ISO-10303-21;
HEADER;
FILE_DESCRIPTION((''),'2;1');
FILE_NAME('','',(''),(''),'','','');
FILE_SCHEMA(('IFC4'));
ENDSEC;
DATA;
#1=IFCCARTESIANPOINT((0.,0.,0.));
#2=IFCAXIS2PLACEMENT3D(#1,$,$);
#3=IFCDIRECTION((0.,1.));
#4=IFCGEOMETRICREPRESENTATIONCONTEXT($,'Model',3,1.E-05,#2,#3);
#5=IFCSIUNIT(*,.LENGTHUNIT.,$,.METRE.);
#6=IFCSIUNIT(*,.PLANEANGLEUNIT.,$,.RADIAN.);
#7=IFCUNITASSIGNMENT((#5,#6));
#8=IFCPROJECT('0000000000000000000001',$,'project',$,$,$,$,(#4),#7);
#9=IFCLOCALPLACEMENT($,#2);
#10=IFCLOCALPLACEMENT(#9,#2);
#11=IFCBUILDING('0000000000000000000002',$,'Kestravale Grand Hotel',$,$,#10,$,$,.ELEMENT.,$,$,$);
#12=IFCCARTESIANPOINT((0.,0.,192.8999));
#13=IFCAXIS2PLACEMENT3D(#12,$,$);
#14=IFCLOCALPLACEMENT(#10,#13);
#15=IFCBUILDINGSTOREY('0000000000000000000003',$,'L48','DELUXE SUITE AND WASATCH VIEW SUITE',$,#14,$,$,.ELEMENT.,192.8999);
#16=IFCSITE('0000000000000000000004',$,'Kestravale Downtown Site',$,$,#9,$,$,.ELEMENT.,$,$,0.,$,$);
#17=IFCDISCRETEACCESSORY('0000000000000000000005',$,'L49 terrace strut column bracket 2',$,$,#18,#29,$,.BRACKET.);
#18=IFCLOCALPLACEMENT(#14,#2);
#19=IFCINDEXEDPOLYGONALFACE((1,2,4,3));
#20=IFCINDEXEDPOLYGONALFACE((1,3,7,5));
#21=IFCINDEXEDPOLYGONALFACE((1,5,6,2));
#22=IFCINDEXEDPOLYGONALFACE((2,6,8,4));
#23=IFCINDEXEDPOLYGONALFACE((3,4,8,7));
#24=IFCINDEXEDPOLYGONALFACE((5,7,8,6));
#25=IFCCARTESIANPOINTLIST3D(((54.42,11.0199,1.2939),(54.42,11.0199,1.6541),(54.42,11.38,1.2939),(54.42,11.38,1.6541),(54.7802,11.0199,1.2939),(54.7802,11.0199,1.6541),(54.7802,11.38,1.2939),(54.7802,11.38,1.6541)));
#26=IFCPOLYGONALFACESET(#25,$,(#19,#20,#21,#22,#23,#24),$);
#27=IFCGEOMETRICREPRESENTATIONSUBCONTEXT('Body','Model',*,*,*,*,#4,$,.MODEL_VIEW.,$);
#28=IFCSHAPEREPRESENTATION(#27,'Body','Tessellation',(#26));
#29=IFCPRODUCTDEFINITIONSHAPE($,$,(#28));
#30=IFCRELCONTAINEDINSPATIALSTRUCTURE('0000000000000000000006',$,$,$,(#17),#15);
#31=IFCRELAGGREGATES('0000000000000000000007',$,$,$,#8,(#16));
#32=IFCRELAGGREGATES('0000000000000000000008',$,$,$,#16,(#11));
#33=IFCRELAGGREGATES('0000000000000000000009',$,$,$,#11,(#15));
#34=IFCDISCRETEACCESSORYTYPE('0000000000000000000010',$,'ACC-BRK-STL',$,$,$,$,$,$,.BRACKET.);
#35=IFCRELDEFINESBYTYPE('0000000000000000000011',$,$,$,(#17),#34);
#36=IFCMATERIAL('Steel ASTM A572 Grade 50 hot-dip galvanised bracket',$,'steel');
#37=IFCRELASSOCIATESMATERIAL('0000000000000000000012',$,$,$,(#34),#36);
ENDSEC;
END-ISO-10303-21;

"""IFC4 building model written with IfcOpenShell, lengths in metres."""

from ifc_helpers import new_model, si_unit, direction, frame, origin, origin_2d, place, context, subcontext, project, spatial, rectangle, extrude, material, type_object, element, save


model = new_model("IFC4")

# Units and contexts
model_context = context("Model", 3, precision=1e-05, world=origin(), true_north=direction((0.0, 1.0)))
body_context = subcontext(model_context, "Body", "Model", "MODEL_VIEW")
ifc_project = project(units=[si_unit("LENGTHUNIT", "METRE"), si_unit("PLANEANGLEUNIT", "RADIAN")], contexts=[model_context])

# Site, building, storey
site_placement = place(None, origin())
site = spatial("IfcSite", under=ifc_project, at=site_placement, Name="Kestravale Downtown Site", CompositionType="ELEMENT", RefElevation=0.0)
building_placement = place(site_placement, origin())
building = spatial("IfcBuilding", under=site, at=building_placement, Name="Kestravale Grand Hotel", CompositionType="ELEMENT")
storey_placement = place(building_placement, frame((0.0, 0.0, 192.8999)))
storey = spatial("IfcBuildingStorey", under=building, at=storey_placement, Name="L48", Description="DELUXE SUITE AND WASATCH VIEW SUITE", CompositionType="ELEMENT", Elevation=192.8999)

# Discrete accessory
ifc_material_1 = material(Name="Steel ASTM A572 Grade 50 hot-dip galvanised bracket", Category="steel")
discrete_accessory_type = type_object("IfcDiscreteAccessoryType", Name="ACC-BRK-STL", PredefinedType="BRACKET", material=ifc_material_1)
discrete_accessory_placement = place(storey_placement, frame((54.6001, 11.2, 1.2939), z_axis=(0.0, 0.0, 1.0), x_axis=(1.0, 0.0, 0.0)))
element("IfcDiscreteAccessory", 1, at=discrete_accessory_placement, inside=storey, type_object=discrete_accessory_type, Name="L49 terrace strut column bracket 2", PredefinedType="BRACKET", context=body_context, shape_type="SweptSolid", body=[
    extrude(rectangle(XDim=0.3601, YDim=0.3601, at=origin_2d()), origin(), (0.0, 0.0, 1.0), 0.3601),
])

save(model, "model.ifc")
